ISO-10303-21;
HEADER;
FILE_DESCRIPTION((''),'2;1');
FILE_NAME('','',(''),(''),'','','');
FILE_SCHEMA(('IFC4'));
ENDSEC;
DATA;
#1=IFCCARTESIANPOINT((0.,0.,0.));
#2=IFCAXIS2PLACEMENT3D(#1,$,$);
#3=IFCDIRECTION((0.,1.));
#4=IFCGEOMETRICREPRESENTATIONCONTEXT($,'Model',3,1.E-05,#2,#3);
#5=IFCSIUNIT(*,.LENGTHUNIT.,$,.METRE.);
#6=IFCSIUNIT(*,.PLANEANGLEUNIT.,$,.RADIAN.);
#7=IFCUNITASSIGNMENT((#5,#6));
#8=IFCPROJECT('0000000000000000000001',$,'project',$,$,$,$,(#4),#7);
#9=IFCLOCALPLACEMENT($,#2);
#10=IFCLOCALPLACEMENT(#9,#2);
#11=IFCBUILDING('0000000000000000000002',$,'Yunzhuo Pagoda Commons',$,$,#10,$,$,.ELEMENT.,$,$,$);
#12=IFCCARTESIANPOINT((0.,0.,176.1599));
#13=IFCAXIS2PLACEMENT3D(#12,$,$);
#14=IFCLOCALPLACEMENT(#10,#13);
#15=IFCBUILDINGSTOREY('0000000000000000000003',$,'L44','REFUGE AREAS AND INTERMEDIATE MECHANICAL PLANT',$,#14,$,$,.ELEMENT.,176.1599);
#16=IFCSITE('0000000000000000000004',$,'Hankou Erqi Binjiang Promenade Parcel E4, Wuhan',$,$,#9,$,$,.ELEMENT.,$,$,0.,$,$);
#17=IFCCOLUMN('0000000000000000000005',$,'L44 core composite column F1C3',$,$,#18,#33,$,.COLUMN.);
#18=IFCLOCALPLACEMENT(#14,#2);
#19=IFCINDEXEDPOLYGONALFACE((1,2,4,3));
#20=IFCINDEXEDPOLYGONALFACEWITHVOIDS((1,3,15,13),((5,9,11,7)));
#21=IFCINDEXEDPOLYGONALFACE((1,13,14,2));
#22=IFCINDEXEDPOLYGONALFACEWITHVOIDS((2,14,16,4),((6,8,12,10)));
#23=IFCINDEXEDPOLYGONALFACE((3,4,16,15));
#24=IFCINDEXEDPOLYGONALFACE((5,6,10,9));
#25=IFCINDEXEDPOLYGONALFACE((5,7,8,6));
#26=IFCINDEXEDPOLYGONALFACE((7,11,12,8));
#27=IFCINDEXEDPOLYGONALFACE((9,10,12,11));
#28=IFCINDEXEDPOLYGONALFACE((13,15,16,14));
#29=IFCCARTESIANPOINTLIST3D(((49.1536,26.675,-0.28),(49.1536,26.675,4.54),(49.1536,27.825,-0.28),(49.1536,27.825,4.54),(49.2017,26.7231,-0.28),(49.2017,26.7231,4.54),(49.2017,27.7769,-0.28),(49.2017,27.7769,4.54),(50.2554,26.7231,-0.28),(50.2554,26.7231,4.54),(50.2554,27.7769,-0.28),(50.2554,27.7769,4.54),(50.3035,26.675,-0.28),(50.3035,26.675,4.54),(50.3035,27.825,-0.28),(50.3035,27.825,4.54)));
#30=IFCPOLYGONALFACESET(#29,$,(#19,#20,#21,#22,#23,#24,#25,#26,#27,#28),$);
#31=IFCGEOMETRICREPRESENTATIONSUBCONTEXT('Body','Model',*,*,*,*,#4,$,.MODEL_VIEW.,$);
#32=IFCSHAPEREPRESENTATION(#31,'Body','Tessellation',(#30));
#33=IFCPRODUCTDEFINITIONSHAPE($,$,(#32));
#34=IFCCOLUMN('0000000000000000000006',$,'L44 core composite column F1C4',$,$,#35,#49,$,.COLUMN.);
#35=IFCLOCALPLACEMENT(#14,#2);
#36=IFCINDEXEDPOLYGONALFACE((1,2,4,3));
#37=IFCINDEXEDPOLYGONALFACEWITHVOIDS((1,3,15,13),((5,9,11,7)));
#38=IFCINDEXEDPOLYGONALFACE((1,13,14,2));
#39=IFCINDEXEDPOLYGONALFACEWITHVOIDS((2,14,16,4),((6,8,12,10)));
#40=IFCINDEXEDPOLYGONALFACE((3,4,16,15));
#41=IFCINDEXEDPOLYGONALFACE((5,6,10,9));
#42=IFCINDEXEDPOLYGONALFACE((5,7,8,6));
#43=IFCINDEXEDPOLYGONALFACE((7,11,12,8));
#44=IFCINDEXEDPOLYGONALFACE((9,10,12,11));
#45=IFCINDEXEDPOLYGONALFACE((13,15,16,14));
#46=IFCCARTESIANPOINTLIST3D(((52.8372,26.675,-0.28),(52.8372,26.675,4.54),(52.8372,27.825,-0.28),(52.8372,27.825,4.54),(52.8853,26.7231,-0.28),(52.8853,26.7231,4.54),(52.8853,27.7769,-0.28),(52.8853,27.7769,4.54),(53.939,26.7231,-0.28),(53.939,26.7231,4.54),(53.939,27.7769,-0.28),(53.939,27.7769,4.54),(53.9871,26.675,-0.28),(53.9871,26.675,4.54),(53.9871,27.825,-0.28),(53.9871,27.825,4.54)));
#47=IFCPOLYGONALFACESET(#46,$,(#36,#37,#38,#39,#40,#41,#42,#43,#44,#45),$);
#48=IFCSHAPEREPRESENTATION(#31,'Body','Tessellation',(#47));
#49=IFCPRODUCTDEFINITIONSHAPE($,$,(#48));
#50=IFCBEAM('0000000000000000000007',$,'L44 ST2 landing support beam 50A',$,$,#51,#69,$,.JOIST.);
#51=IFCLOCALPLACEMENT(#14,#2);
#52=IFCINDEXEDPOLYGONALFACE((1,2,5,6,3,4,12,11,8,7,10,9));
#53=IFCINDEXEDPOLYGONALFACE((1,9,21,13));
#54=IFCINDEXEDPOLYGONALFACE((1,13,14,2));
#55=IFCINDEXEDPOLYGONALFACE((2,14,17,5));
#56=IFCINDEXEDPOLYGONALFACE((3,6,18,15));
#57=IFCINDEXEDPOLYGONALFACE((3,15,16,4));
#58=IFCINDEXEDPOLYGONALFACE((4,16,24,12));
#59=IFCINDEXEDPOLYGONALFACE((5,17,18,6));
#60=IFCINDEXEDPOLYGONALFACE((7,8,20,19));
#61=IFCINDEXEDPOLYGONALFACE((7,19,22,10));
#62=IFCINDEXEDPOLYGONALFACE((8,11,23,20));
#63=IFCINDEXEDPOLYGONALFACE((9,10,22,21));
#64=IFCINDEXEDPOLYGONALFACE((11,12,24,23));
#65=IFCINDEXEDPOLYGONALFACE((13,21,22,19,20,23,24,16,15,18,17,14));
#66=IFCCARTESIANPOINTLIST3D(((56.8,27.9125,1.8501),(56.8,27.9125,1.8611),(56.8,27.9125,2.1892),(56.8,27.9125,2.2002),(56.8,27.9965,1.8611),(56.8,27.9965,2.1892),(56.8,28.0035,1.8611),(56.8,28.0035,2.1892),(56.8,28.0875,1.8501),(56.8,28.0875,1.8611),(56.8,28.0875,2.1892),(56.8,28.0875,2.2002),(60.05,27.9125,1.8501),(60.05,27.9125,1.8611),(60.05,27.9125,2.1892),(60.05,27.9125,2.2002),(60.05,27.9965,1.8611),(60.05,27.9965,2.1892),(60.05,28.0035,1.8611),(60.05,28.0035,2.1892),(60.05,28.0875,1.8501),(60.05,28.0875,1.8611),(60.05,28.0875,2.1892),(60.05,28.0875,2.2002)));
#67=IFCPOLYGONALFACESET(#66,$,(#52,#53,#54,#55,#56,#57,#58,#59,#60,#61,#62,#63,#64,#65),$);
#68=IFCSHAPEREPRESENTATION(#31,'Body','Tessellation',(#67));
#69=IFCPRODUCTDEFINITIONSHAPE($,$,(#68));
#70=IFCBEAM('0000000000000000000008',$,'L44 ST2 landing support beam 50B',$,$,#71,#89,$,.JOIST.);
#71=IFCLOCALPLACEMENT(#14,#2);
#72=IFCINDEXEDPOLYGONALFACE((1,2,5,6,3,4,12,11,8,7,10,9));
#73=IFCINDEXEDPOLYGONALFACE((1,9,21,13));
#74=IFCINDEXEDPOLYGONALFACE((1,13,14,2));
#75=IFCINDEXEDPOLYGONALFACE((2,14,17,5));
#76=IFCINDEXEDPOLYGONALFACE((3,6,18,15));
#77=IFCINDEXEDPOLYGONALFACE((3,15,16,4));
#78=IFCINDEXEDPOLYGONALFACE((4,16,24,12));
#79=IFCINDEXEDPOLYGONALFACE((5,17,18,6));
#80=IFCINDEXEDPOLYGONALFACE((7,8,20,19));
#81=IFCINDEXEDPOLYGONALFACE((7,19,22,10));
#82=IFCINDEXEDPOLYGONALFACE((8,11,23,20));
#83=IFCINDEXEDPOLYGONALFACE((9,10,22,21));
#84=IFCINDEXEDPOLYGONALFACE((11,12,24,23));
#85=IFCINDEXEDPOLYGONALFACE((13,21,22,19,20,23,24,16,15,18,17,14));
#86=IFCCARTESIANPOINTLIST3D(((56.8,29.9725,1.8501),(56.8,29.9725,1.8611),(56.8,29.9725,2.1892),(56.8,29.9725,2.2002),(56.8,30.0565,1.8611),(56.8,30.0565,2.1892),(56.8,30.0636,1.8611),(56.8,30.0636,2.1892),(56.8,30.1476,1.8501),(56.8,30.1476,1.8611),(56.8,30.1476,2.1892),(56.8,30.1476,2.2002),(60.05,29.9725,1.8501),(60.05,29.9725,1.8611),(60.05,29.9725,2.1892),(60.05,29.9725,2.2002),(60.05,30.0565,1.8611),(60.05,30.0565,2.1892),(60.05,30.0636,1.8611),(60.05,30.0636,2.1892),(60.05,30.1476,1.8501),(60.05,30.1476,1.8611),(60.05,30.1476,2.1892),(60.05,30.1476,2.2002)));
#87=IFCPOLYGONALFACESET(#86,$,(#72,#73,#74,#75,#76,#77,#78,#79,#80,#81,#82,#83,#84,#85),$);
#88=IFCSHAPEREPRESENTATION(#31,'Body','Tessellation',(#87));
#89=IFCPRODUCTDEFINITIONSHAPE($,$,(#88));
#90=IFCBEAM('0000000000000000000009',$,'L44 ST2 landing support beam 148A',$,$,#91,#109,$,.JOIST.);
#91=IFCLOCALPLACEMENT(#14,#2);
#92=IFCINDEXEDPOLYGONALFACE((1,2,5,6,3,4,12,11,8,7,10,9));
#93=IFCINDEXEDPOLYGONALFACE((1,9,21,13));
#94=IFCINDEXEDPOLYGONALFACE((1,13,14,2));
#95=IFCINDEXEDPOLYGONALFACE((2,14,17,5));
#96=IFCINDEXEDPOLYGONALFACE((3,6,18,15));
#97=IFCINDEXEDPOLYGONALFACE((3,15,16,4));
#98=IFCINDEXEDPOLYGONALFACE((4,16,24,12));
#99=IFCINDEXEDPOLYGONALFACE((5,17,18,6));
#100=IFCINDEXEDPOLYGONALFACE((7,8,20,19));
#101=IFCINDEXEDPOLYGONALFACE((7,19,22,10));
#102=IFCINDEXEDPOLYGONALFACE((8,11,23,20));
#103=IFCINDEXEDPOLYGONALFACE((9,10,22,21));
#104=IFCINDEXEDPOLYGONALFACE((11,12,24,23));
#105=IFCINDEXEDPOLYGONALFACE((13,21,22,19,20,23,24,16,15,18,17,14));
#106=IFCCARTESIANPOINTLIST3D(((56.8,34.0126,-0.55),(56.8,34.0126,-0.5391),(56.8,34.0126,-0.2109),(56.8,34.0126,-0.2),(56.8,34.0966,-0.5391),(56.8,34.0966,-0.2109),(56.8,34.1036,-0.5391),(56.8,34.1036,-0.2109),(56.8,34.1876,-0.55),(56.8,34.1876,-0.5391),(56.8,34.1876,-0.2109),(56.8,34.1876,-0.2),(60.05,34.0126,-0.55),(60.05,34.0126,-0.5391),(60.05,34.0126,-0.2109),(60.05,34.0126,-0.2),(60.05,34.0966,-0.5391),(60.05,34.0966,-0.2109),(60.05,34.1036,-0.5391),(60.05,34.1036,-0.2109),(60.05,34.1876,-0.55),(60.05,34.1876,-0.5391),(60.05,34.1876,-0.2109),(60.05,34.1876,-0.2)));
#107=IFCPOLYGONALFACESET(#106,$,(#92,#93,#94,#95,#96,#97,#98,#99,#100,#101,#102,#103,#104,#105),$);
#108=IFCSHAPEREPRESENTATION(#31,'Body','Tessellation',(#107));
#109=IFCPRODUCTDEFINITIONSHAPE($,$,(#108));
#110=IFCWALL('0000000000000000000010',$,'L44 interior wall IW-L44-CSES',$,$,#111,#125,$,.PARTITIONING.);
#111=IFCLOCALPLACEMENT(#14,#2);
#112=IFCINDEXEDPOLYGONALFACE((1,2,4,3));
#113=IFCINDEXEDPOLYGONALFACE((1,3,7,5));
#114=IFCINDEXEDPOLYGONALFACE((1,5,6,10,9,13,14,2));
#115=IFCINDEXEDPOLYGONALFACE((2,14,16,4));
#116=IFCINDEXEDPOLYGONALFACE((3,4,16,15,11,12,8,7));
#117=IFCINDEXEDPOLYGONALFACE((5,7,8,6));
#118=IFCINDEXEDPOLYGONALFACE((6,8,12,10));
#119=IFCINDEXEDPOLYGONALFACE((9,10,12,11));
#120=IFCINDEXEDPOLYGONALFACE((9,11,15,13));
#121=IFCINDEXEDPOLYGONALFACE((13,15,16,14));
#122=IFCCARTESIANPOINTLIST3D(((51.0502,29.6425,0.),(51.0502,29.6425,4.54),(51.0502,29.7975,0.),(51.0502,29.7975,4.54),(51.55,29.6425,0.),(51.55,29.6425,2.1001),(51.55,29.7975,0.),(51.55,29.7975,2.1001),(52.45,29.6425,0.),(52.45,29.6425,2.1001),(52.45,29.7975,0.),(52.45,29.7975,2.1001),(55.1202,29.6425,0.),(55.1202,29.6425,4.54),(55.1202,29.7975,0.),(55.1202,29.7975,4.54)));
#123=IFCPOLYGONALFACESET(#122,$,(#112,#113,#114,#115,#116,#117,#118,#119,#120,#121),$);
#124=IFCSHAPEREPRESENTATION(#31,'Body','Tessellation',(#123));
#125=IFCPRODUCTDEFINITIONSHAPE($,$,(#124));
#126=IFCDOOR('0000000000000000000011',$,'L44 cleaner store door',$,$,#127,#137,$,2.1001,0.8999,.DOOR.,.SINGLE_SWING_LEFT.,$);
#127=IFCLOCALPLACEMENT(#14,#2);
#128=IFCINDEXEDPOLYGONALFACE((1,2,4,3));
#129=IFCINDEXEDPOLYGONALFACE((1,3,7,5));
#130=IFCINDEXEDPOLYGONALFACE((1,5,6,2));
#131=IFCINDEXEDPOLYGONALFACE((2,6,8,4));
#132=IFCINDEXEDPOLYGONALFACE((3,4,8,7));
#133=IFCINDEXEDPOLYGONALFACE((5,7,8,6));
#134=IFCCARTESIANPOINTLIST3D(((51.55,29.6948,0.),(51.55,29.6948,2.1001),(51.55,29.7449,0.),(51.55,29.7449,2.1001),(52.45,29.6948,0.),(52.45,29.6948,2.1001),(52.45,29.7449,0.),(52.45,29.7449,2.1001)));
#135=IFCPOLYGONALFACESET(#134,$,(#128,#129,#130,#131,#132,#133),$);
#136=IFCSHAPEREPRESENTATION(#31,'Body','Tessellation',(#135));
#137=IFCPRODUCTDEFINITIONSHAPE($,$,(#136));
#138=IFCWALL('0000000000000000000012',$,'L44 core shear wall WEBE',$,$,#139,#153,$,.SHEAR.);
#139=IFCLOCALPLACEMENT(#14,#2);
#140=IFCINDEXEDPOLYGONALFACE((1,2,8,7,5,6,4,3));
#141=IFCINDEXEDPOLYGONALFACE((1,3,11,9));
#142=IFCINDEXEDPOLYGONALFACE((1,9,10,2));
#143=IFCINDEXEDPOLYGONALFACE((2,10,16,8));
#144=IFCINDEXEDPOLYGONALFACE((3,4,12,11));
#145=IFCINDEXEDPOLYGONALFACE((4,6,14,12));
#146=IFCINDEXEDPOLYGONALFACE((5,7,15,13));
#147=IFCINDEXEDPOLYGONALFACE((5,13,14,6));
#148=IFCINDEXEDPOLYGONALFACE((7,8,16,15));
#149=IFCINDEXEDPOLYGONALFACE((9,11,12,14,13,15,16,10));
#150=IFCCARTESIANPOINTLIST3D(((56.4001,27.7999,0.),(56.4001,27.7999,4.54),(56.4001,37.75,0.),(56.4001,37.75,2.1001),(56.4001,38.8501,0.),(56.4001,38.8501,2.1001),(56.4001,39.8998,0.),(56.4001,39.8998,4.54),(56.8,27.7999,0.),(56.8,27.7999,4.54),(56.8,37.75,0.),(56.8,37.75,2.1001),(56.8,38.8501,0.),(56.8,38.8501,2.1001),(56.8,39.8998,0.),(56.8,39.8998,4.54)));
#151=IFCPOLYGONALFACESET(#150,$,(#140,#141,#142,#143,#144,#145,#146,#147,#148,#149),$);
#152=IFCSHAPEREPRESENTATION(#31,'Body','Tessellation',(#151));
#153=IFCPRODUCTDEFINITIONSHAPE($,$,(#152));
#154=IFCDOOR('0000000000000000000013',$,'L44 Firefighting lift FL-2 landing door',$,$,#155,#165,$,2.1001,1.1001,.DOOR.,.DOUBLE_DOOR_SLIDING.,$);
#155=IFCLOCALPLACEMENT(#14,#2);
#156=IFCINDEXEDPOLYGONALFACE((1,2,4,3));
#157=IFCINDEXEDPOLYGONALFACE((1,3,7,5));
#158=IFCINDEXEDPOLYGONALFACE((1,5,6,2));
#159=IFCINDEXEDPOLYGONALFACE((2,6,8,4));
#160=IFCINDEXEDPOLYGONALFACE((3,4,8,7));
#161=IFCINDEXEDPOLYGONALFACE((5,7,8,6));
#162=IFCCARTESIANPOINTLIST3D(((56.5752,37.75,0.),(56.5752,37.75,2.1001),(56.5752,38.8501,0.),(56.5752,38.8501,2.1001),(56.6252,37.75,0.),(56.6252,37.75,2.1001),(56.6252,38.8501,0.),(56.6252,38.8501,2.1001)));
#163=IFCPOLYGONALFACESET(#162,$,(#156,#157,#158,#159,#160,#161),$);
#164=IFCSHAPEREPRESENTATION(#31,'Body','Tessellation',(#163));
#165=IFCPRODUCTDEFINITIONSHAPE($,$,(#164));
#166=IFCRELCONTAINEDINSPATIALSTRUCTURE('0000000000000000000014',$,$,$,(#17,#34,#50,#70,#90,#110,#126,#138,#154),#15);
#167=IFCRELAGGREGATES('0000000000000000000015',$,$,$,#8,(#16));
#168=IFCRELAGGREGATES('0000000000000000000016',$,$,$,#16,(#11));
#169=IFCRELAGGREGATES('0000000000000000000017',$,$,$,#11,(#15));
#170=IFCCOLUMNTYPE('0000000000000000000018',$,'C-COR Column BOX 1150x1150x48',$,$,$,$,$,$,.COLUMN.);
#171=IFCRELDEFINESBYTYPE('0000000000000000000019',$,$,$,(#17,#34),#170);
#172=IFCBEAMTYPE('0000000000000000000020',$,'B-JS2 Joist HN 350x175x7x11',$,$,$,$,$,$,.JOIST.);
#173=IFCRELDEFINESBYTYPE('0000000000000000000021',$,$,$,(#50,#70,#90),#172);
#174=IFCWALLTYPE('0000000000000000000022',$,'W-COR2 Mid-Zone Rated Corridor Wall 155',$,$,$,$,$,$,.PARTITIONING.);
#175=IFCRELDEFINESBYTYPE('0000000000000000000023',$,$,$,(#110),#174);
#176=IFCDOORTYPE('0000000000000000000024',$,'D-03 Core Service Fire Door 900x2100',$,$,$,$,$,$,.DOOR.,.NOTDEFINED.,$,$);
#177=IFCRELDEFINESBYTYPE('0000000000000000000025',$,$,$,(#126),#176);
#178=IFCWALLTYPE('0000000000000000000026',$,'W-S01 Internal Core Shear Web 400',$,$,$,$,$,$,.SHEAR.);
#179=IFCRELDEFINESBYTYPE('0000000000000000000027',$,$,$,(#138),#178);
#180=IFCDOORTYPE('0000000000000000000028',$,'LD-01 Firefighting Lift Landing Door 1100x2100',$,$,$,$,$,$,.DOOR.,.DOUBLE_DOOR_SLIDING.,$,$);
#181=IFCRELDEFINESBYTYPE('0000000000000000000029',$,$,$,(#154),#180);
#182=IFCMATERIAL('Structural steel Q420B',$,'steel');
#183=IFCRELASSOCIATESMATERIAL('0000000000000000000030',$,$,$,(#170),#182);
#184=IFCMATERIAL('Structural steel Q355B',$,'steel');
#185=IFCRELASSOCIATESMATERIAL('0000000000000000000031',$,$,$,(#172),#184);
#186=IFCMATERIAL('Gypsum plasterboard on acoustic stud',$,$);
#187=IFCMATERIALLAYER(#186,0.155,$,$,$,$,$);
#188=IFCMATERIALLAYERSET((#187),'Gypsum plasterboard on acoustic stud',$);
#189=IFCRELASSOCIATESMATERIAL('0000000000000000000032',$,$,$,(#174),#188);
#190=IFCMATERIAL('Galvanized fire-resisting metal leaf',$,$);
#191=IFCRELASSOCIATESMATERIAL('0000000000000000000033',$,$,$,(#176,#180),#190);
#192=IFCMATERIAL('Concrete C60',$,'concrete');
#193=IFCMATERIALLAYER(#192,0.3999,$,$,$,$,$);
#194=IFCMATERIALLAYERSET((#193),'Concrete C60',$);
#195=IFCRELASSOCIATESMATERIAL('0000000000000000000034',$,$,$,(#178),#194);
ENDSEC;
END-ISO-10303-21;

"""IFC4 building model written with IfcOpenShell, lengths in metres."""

from ifc_helpers import new_model, si_unit, direction, frame, frame_2d, origin, origin_with_axes, origin_2d, place, context, subcontext, project, spatial, rectangle, hollow_rectangle, i_section, extrude, source, transform, mapped, material, layer, layer_set, material_profile, profile_set, type_object, element, fill, save


model = new_model("IFC4")

# Units and contexts
model_context = context("Model", 3, precision=1e-05, world=origin(), true_north=direction((0.0, 1.0)))
body_context = subcontext(model_context, "Body", "Model", "MODEL_VIEW")
ifc_project = project(units=[si_unit("LENGTHUNIT", "METRE"), si_unit("PLANEANGLEUNIT", "RADIAN")], contexts=[model_context])

# Site, building, storey
site_placement = place(None, origin())
site = spatial("IfcSite", under=ifc_project, at=site_placement, Name="Hankou Erqi Binjiang Promenade Parcel E4, Wuhan", CompositionType="ELEMENT", RefElevation=0.0)
building_placement = place(site_placement, origin())
building = spatial("IfcBuilding", under=site, at=building_placement, Name="Yunzhuo Pagoda Commons", CompositionType="ELEMENT")
storey_placement = place(building_placement, frame((0.0, 0.0, 176.1599)))
storey = spatial("IfcBuildingStorey", under=building, at=storey_placement, Name="L44", Description="REFUGE AREAS AND INTERMEDIATE MECHANICAL PLANT", CompositionType="ELEMENT", Elevation=176.1599)

# Columns
ifc_material_1 = material(Name="Structural steel Q420B", Category="steel")
ifc_material_profile_1 = material_profile(ifc_material_1, hollow_rectangle(XDim=1.1499, YDim=1.1499, WallThickness=0.0481, at=origin_2d()), Name="Structural steel Q420B")
ifc_profile_set_1 = profile_set([ifc_material_profile_1], Name="Structural steel Q420B")
column_type = type_object("IfcColumnType", Name="C-COR Column BOX 1150x1150x48", PredefinedType="COLUMN", material=ifc_profile_set_1)
shared_shape_1 = source(origin(), body_context, "Body", "SweptSolid", [
    extrude(hollow_rectangle(XDim=1.1499, YDim=1.1499, WallThickness=0.0481, at=origin_2d()), origin(), (0.0, 0.0, 1.0), 4.8201),
])
for number, where, z_axis, x_axis, name in (
    (1, (49.7285, 27.25, -0.28), (0.0, 0.0, 1.0), (1.0, 0.0, 0.0), "L44 core composite column F1C3"),
    (2, (53.4121, 27.25, -0.28), (0.0, 0.0, 1.0), (1.0, 0.0, 0.0), "L44 core composite column F1C4"),
):
    element("IfcColumn", number, at=place(storey_placement, frame(where, z_axis=z_axis, x_axis=x_axis)), inside=storey, type_object=column_type, Name=name, PredefinedType="COLUMN", context=body_context, shape_type="MappedRepresentation", body=[
        mapped(shared_shape_1, transform((0.0, 0.0, 0.0), scale=1.0)),
    ])

# Beams
ifc_material_2 = material(Name="Structural steel Q355B", Category="steel")
ifc_material_profile_2 = material_profile(ifc_material_2, i_section(OverallWidth=0.175, OverallDepth=0.3501, WebThickness=0.0071, FlangeThickness=0.011, at=origin_2d()), Name="Structural steel Q355B")
ifc_profile_set_2 = profile_set([ifc_material_profile_2], Name="Structural steel Q355B")
beam_type = type_object("IfcBeamType", Name="B-JS2 Joist HN 350x175x7x11", PredefinedType="JOIST", material=ifc_profile_set_2)
shared_shape_2 = source(origin(), body_context, "Body", "SweptSolid", [
    extrude(i_section(OverallWidth=0.175, OverallDepth=0.3501, WebThickness=0.0071, FlangeThickness=0.011, at=origin_2d()), origin(), (0.0, 0.0, 1.0), 3.25),
])
for number, where, z_axis, x_axis, name in (
    (3, (56.8, 28.0, 2.0251), (1.0, 0.0, 0.0), (0.0, 1.0, 0.0), "L44 ST2 landing support beam 50A"),
    (4, (56.8, 30.0601, 2.0251), (1.0, 0.0, 0.0), (0.0, 1.0, 0.0), "L44 ST2 landing support beam 50B"),
    (5, (56.8, 34.1001, -0.375), (1.0, 0.0, 0.0), (0.0, 1.0, 0.0), "L44 ST2 landing support beam 148A"),
):
    element("IfcBeam", number, at=place(storey_placement, frame(where, z_axis=z_axis, x_axis=x_axis)), inside=storey, type_object=beam_type, Name=name, PredefinedType="JOIST", context=body_context, shape_type="MappedRepresentation", body=[
        mapped(shared_shape_2, transform((0.0, 0.0, 0.0), scale=1.0)),
    ])

# Walls, openings, doors
ifc_material_3 = material(Name="Gypsum plasterboard on acoustic stud")
ifc_layer_1 = layer(ifc_material_3, 0.155)
ifc_layer_set_1 = layer_set([ifc_layer_1], Name="Gypsum plasterboard on acoustic stud")
wall_type_1 = type_object("IfcWallType", Name="W-COR2 Mid-Zone Rated Corridor Wall 155", PredefinedType="PARTITIONING", material=ifc_layer_set_1)
wall_1_placement = place(storey_placement, frame((51.05, 29.72, 0.0), z_axis=(0.0, 0.0, 1.0), x_axis=(1.0, 0.0, 0.0)))
wall_1 = element("IfcWall", 6, at=wall_1_placement, inside=storey, type_object=wall_type_1, Name="L44 interior wall IW-L44-CSES", PredefinedType="PARTITIONING", context=body_context, shape_type="SweptSolid", body=[
    extrude(rectangle(XDim=4.0701, YDim=0.155, at=frame_2d((2.0352, 0.0))), origin(), (0.0, 0.0, 1.0), 4.54),
])
opening_1_placement = place(wall_1_placement, frame((0.5, 0.0, 0.0)))
opening_1 = element("IfcOpeningElement", 7, at=opening_1_placement, cuts=wall_1, PredefinedType="OPENING", context=body_context, shape_type="SweptSolid", body=[
    extrude(rectangle(XDim=0.8999, YDim=2.1001, at=frame_2d((0.45, 1.05))), frame((0.0, 0.0874, 0.0), z_axis=(0.0, -1.0, 0.0), x_axis=(1.0, 0.0, 0.0)), (0.0, 0.0, 1.0), 0.175),
])
ifc_material_4 = material(Name="Galvanized fire-resisting metal leaf")
door_type_1 = type_object("IfcDoorType", Name="D-03 Core Service Fire Door 900x2100", OperationType="NOTDEFINED", PredefinedType="DOOR", material=ifc_material_4)
shared_shape_3 = source(origin(), body_context, "Body", "SweptSolid", [
    extrude(rectangle(XDim=0.8999, YDim=2.1001, at=frame_2d((0.45, 1.05))), frame((0.0, 0.0249, 0.0), z_axis=(0.0, -1.0, 0.0), x_axis=(1.0, 0.0, 0.0)), (0.0, 0.0, 1.0), 0.05),
])
door_1_placement = place(opening_1_placement, origin_with_axes())
door_1 = element("IfcDoor", 8, at=door_1_placement, inside=storey, type_object=door_type_1, Name="L44 cleaner store door", OperationType="SINGLE_SWING_LEFT", OverallHeight=2.1001, OverallWidth=0.8999, PredefinedType="DOOR", context=body_context, shape_type="MappedRepresentation", body=[
    mapped(shared_shape_3, transform((0.0, 0.0, 0.0), scale=1.0)),
])
fill(opening_1, door_1)
ifc_material_5 = material(Name="Concrete C60", Category="concrete")
ifc_layer_2 = layer(ifc_material_5, 0.3999)
ifc_layer_set_2 = layer_set([ifc_layer_2], Name="Concrete C60")
wall_type_2 = type_object("IfcWallType", Name="W-S01 Internal Core Shear Web 400", PredefinedType="SHEAR", material=ifc_layer_set_2)
wall_2_placement = place(storey_placement, frame((56.6001, 27.8, 0.0), z_axis=(0.0, 0.0, 1.0), x_axis=(0.0, 1.0, 0.0)))
wall_2 = element("IfcWall", 9, at=wall_2_placement, inside=storey, type_object=wall_type_2, Name="L44 core shear wall WEBE", PredefinedType="SHEAR", context=body_context, shape_type="SweptSolid", body=[
    extrude(rectangle(XDim=12.0999, YDim=0.3999, at=frame_2d((6.0498, 0.0))), origin(), (0.0, 0.0, 1.0), 4.54),
])
opening_2_placement = place(wall_2_placement, frame((9.95, 0.0, 0.0)))
opening_2 = element("IfcOpeningElement", 10, at=opening_2_placement, cuts=wall_2, PredefinedType="OPENING", context=body_context, shape_type="SweptSolid", body=[
    extrude(rectangle(XDim=1.1001, YDim=2.1001, at=frame_2d((0.55, 1.05))), frame((0.0, 0.21, 0.0), z_axis=(0.0, -1.0, 0.0), x_axis=(1.0, 0.0, 0.0)), (0.0, 0.0, 1.0), 0.4199),
])
door_type_2 = type_object("IfcDoorType", Name="LD-01 Firefighting Lift Landing Door 1100x2100", OperationType="DOUBLE_DOOR_SLIDING", PredefinedType="DOOR", material=ifc_material_4)
shared_shape_4 = source(origin(), body_context, "Body", "SweptSolid", [
    extrude(rectangle(XDim=1.1001, YDim=2.1001, at=frame_2d((0.55, 1.05))), frame((0.0, 0.0249, 0.0), z_axis=(0.0, -1.0, 0.0), x_axis=(1.0, 0.0, 0.0)), (0.0, 0.0, 1.0), 0.05),
])
door_2_placement = place(opening_2_placement, origin_with_axes())
door_2 = element("IfcDoor", 11, at=door_2_placement, inside=storey, type_object=door_type_2, Name="L44 Firefighting lift FL-2 landing door", OperationType="DOUBLE_DOOR_SLIDING", OverallHeight=2.1001, OverallWidth=1.1001, PredefinedType="DOOR", context=body_context, shape_type="MappedRepresentation", body=[
    mapped(shared_shape_4, transform((0.0, 0.0, 0.0), scale=1.0)),
])
fill(opening_2, door_2)

save(model, "model.ifc")
